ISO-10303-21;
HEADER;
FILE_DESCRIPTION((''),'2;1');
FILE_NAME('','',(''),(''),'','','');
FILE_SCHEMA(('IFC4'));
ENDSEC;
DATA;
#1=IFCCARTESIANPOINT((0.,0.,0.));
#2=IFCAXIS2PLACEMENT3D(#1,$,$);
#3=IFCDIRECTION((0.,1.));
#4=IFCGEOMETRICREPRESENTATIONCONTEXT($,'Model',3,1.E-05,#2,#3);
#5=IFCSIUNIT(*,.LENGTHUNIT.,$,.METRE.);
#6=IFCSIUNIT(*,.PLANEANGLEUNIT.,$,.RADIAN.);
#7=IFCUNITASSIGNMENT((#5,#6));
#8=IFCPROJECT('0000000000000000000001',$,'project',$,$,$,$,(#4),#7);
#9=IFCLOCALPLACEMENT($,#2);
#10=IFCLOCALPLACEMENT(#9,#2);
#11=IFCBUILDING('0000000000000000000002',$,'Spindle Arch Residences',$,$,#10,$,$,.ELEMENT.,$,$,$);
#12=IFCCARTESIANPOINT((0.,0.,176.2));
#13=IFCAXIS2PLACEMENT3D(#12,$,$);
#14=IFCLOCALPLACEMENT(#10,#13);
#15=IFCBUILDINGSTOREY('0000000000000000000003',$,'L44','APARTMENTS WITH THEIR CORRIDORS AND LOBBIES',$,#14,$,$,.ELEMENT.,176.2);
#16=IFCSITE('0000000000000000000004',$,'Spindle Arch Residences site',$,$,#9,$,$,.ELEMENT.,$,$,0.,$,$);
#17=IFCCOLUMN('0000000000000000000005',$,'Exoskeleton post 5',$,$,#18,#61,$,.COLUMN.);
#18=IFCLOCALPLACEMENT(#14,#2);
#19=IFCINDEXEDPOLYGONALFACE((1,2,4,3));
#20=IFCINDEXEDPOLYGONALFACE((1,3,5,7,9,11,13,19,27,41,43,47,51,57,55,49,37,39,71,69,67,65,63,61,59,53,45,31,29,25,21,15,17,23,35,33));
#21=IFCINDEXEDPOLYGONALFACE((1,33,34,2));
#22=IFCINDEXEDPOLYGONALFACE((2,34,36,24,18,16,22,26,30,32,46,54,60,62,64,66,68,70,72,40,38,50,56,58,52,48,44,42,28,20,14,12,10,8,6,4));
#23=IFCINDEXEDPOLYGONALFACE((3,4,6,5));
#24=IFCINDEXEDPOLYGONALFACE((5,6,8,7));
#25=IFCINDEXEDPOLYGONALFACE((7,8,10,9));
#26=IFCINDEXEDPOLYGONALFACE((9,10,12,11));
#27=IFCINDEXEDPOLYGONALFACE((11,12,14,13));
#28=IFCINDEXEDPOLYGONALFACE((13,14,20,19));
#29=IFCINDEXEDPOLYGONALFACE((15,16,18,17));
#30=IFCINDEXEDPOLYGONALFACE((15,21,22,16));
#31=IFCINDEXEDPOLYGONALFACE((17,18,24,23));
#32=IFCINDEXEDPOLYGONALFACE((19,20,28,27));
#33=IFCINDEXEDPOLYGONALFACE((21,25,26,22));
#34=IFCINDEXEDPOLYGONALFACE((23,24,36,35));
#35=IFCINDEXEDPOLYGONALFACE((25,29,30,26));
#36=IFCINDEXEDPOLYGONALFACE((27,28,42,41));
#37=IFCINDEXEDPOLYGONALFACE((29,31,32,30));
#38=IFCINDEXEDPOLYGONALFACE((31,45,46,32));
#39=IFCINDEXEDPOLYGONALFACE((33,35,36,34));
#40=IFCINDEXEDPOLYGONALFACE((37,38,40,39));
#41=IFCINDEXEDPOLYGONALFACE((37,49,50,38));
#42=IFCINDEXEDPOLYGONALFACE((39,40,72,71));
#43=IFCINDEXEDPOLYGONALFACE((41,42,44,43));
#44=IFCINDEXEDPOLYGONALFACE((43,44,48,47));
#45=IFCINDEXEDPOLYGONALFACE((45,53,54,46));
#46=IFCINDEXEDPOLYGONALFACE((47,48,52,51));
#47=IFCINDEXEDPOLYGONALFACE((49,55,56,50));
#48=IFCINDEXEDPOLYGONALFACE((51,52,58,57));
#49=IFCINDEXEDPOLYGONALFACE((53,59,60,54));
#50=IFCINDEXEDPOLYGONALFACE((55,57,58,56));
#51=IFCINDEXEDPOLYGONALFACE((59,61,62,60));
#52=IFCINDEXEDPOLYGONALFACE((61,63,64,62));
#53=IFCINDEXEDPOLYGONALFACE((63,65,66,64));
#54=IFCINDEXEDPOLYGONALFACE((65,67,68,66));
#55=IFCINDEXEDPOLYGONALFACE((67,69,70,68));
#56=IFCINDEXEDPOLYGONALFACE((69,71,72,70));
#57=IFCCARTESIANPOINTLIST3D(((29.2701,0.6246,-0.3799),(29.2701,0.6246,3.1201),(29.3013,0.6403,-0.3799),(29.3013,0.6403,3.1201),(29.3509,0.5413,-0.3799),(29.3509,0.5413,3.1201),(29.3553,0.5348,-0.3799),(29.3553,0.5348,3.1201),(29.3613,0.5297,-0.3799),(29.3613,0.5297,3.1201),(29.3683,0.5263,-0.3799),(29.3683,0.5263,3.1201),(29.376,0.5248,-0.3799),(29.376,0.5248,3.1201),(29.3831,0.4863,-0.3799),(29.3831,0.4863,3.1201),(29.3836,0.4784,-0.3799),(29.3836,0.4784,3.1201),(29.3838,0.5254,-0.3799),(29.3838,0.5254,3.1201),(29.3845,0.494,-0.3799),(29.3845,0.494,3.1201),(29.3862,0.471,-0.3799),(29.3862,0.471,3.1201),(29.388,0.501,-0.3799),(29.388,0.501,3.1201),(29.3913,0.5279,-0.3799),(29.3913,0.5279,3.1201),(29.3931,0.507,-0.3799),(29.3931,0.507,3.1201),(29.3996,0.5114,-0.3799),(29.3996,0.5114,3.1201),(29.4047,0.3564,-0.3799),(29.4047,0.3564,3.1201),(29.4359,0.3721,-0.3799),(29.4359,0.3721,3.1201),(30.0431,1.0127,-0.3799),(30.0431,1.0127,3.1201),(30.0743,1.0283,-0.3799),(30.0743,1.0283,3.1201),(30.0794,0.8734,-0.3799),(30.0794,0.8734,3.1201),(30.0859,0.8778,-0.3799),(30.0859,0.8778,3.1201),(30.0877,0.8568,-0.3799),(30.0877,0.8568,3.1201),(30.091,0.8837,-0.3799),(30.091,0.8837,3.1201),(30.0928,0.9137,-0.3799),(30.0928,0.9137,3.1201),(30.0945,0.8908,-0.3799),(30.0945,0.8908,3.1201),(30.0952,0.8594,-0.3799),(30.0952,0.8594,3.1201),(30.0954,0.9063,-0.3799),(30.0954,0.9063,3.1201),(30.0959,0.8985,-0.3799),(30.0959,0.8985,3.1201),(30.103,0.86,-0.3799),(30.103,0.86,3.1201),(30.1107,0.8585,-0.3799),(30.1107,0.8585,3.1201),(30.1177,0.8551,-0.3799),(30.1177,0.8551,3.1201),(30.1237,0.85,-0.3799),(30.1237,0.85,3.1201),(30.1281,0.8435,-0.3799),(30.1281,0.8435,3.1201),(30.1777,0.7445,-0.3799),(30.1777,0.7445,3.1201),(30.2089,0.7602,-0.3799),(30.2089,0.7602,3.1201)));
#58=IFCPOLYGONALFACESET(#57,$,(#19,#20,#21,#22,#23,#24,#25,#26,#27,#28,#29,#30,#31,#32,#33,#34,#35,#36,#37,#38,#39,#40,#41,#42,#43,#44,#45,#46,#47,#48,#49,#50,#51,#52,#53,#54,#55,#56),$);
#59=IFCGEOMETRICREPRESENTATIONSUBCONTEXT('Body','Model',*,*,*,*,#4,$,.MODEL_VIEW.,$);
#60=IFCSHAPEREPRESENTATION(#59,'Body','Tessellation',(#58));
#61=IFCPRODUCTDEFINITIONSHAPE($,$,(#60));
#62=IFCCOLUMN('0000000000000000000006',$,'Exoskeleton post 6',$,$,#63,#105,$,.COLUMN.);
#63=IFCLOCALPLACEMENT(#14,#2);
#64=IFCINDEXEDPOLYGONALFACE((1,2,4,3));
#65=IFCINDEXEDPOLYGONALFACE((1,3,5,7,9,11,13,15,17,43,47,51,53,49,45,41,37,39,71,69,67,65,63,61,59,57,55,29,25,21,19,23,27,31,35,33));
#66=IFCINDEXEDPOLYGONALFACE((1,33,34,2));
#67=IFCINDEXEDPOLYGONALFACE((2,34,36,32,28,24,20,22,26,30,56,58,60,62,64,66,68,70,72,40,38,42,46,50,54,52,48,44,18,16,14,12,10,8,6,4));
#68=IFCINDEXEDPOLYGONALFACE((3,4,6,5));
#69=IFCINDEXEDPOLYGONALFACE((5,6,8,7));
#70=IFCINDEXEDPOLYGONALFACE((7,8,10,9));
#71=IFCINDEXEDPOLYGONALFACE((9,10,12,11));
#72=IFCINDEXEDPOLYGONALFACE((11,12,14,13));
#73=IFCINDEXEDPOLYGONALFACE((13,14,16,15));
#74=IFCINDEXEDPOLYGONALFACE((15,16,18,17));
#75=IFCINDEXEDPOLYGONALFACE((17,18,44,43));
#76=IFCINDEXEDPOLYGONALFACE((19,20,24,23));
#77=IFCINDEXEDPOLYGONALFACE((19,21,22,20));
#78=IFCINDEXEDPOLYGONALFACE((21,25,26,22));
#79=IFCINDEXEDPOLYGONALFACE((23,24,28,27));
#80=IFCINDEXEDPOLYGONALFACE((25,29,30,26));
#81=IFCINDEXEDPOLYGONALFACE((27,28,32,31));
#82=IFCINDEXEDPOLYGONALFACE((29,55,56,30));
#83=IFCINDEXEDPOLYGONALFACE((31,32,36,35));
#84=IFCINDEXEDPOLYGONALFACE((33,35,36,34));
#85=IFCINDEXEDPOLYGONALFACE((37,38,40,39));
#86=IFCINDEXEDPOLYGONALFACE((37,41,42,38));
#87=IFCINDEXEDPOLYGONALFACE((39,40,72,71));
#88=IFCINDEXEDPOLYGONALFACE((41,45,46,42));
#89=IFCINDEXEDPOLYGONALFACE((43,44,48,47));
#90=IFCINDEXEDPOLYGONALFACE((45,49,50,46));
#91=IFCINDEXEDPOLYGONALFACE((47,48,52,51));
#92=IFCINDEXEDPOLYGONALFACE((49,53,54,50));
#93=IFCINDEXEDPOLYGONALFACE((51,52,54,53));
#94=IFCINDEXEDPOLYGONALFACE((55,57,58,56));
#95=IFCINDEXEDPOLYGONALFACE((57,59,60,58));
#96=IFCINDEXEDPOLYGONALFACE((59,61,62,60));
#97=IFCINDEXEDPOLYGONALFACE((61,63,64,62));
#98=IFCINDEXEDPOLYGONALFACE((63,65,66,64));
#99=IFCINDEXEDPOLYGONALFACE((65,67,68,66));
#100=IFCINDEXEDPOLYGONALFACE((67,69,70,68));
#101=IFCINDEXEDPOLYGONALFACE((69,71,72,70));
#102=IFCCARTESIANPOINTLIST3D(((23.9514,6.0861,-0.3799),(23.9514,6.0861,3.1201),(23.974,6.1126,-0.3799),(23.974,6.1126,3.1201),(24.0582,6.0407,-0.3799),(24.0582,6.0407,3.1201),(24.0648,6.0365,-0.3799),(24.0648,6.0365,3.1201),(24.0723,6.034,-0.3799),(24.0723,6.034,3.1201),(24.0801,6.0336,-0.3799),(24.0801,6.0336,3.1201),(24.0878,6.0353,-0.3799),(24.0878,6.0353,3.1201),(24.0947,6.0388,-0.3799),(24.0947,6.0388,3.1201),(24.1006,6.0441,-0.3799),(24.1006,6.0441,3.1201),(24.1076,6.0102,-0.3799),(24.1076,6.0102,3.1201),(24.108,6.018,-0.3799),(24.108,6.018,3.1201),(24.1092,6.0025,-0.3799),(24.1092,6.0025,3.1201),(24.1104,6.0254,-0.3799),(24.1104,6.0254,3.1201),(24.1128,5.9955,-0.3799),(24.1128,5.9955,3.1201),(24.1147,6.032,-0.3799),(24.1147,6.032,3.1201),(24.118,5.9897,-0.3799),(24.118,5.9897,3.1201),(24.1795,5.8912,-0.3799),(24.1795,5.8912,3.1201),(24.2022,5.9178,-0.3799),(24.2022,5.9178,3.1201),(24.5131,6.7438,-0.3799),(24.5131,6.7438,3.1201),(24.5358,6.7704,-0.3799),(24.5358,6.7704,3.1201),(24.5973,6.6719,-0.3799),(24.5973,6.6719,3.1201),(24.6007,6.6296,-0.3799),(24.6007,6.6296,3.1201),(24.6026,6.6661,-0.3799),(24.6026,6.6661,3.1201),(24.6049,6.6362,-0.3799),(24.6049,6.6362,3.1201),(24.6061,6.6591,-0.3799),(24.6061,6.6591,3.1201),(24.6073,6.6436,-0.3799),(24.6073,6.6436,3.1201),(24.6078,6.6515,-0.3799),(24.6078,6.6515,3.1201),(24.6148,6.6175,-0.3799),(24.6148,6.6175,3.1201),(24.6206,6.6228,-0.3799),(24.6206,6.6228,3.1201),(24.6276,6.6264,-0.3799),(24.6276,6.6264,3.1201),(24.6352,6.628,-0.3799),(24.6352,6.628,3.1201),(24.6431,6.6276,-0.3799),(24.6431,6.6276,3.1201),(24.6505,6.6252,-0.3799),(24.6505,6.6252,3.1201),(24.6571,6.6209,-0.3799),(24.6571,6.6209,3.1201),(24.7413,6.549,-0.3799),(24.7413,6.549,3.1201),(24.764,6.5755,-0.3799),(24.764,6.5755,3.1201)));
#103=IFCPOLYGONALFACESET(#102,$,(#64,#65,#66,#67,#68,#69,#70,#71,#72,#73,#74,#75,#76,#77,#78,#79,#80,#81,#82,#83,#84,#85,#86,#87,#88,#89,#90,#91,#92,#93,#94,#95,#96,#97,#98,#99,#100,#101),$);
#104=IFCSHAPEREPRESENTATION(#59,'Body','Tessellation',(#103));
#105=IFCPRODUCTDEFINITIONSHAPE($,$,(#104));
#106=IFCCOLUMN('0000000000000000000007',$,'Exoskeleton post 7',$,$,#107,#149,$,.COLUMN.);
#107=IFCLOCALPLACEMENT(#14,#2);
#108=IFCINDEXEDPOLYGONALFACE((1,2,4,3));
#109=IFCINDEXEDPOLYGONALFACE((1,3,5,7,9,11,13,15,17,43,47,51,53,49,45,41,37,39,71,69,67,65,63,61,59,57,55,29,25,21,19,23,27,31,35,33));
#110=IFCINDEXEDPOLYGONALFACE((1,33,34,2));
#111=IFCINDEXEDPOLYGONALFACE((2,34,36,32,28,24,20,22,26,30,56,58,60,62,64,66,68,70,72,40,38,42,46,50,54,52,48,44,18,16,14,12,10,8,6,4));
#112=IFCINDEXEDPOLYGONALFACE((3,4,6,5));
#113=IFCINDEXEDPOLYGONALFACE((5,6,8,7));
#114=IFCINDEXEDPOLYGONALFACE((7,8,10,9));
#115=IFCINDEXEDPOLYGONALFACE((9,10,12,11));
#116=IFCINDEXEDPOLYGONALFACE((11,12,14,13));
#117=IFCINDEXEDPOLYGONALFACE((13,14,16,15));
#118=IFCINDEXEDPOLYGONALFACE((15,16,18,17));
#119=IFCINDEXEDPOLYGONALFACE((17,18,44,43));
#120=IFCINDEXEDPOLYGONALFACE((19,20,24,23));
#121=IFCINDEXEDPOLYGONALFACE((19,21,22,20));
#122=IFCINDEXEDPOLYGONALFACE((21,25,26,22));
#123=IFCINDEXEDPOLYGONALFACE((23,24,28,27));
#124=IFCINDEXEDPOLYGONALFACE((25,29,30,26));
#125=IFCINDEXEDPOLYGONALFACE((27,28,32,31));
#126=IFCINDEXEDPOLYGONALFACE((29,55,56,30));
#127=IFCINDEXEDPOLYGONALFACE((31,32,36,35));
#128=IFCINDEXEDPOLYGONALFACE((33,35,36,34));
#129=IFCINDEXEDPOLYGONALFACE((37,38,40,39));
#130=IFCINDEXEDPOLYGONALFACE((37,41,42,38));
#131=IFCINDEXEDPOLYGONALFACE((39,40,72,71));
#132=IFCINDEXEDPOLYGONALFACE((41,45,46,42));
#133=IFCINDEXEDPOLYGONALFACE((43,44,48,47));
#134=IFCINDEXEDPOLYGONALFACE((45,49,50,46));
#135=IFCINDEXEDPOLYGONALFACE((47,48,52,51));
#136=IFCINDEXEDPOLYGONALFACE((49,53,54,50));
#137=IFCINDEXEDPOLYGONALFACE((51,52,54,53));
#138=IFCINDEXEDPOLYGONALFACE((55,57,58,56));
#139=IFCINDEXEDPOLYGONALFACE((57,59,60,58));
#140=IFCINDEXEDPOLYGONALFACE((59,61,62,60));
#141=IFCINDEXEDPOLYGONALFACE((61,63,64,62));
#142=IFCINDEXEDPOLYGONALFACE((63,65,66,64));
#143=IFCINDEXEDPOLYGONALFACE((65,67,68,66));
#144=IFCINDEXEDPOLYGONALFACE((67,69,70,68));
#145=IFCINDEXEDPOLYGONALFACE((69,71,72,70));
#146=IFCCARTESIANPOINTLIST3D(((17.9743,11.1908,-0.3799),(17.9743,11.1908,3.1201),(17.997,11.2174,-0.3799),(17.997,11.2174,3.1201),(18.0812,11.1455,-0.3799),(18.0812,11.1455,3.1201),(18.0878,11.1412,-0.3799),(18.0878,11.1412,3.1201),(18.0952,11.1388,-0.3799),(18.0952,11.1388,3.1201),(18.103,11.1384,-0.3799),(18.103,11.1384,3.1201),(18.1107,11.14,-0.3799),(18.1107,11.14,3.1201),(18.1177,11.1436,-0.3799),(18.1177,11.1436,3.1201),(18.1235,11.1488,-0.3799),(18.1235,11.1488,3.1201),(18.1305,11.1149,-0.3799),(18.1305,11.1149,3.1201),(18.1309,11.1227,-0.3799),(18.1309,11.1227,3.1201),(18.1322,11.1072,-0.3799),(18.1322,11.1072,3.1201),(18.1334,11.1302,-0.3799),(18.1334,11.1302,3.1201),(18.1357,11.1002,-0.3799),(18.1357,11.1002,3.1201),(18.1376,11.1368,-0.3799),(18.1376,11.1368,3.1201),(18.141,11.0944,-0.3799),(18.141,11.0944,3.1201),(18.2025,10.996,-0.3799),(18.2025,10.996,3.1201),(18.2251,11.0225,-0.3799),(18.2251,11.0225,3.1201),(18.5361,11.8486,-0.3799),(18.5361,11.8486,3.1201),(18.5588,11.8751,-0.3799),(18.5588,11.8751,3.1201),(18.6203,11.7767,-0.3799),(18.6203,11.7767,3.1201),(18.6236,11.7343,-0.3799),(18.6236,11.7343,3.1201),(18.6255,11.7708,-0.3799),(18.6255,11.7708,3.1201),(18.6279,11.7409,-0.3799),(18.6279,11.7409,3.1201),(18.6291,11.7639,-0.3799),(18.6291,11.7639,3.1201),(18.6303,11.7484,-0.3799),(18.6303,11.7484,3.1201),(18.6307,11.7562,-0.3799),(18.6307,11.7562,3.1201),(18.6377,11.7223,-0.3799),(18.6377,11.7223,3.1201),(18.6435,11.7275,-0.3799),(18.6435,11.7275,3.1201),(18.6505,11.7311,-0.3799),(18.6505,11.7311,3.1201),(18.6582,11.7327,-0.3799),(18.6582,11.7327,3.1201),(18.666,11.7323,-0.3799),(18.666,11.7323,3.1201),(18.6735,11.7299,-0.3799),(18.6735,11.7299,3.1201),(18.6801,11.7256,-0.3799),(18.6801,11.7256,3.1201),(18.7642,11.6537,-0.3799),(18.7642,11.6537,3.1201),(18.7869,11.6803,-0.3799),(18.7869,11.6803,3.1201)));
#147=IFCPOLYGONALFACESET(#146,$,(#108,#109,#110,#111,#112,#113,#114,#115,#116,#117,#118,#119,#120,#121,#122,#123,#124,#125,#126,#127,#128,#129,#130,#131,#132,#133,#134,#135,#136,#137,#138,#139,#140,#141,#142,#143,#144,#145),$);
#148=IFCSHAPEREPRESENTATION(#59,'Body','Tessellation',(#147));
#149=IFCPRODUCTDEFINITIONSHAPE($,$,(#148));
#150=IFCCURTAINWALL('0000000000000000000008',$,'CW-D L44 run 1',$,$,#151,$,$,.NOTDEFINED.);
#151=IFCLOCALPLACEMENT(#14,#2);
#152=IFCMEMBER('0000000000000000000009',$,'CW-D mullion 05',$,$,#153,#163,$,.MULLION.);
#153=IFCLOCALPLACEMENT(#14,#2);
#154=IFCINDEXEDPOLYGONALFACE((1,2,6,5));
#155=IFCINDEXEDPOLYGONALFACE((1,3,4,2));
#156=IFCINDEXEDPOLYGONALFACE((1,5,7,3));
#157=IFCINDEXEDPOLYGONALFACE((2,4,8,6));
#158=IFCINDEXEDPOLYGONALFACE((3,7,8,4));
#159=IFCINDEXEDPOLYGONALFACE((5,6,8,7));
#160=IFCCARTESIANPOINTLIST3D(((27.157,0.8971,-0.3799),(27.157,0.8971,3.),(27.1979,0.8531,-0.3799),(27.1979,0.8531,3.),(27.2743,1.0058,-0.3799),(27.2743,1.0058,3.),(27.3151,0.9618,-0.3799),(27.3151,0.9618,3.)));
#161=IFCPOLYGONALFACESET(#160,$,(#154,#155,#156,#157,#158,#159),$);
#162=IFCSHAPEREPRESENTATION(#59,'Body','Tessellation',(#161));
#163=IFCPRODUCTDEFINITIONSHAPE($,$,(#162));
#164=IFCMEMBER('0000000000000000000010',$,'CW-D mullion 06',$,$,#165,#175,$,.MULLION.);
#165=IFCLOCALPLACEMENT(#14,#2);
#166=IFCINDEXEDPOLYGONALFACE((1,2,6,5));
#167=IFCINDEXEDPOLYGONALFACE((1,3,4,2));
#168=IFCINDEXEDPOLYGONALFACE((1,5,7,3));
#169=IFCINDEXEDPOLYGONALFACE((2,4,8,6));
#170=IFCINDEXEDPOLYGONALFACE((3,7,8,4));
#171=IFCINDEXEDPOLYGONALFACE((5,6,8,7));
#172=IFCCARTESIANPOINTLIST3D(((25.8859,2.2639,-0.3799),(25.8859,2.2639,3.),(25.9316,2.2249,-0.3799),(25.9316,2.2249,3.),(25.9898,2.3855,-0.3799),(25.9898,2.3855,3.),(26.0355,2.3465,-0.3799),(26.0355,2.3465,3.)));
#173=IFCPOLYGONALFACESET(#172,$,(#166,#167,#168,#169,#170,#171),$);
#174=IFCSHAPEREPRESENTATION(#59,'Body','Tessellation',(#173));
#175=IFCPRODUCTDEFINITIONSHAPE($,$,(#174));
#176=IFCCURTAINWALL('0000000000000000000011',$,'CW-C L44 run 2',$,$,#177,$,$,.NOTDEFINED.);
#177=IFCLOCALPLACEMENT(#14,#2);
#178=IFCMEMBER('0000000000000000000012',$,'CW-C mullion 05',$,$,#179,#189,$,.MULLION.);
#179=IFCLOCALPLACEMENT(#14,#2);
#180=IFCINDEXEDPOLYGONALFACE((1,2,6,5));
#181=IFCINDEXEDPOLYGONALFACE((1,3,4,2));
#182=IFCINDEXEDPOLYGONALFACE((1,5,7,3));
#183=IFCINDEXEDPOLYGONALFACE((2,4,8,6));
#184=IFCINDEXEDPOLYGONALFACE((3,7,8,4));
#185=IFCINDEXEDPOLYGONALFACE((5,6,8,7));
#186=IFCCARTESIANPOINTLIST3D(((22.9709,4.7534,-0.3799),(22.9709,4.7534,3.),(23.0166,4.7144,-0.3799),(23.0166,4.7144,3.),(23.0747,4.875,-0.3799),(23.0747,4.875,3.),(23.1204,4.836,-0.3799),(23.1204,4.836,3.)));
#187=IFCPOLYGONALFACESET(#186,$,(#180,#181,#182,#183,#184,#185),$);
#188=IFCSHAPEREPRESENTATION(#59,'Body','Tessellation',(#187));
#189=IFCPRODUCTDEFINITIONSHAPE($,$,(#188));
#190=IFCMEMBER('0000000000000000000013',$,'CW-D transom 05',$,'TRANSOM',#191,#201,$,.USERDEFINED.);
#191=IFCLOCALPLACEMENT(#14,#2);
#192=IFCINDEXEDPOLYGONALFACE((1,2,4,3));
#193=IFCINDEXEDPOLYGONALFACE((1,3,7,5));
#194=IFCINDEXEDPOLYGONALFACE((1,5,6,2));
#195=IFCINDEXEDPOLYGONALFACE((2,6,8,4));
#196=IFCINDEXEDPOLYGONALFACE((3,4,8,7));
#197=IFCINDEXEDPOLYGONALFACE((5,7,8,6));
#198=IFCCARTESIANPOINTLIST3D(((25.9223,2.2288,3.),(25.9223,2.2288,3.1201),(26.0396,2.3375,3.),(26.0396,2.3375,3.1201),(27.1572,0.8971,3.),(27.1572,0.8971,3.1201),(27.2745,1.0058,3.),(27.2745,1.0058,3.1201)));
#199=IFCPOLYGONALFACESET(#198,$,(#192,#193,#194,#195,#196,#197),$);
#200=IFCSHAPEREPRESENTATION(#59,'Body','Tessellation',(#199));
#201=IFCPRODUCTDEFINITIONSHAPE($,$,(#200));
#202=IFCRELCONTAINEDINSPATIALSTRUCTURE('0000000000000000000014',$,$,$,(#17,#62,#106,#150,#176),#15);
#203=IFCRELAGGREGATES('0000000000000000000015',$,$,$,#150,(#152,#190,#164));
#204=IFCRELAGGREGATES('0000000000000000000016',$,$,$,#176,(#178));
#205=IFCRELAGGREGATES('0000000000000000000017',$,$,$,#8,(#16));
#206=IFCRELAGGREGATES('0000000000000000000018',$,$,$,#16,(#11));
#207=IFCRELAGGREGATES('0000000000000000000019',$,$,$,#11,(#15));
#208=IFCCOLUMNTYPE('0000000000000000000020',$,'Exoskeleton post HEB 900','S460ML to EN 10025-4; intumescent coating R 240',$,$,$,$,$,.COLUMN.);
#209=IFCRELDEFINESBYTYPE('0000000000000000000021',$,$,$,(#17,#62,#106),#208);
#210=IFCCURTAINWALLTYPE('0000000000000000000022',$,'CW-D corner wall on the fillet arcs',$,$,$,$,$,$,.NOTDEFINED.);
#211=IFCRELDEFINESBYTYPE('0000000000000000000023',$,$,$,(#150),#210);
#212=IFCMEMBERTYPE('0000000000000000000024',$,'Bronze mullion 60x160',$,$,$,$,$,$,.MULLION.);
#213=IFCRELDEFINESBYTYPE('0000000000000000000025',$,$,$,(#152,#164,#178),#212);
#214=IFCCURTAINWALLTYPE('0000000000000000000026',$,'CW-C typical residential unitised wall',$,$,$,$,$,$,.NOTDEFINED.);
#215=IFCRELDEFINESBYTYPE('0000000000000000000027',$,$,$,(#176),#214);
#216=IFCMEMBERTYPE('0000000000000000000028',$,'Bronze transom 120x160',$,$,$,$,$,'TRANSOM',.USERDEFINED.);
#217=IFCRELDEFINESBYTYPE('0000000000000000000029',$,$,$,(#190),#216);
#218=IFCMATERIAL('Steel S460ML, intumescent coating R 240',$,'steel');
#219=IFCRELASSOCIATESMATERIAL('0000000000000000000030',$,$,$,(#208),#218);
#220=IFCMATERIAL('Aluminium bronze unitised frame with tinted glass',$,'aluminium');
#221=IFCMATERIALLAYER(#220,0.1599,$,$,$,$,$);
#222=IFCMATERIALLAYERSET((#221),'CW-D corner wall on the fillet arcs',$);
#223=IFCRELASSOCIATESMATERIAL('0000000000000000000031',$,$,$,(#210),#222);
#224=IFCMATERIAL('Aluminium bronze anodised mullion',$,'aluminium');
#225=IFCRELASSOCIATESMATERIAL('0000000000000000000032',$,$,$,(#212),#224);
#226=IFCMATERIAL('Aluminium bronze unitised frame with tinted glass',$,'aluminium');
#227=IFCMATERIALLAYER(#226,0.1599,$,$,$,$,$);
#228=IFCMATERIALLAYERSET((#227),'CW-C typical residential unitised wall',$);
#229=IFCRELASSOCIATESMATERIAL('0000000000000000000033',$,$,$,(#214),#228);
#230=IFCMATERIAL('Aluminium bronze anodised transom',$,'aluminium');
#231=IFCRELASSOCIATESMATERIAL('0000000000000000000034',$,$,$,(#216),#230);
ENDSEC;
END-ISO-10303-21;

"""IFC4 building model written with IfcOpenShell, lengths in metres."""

from ifc_helpers import new_model, si_unit, direction, frame, origin, origin_2d, place, context, subcontext, project, spatial, rectangle, i_section, extrude, material, layer, layer_set, material_profile, profile_set, type_object, element, aggregate, save


model = new_model("IFC4")

# Units and contexts
model_context = context("Model", 3, precision=1e-05, world=origin(), true_north=direction((0.0, 1.0)))
body_context = subcontext(model_context, "Body", "Model", "MODEL_VIEW")
ifc_project = project(units=[si_unit("LENGTHUNIT", "METRE"), si_unit("PLANEANGLEUNIT", "RADIAN")], contexts=[model_context])

# Site, building, storey
site_placement = place(None, origin())
site = spatial("IfcSite", under=ifc_project, at=site_placement, Name="Spindle Arch Residences site", CompositionType="ELEMENT", RefElevation=0.0)
building_placement = place(site_placement, origin())
building = spatial("IfcBuilding", under=site, at=building_placement, Name="Spindle Arch Residences", CompositionType="ELEMENT")
storey_placement = place(building_placement, frame((0.0, 0.0, 176.2)))
storey = spatial("IfcBuildingStorey", under=building, at=storey_placement, Name="L44", Description="APARTMENTS WITH THEIR CORRIDORS AND LOBBIES", CompositionType="ELEMENT", Elevation=176.2)

# Columns
ifc_material_1 = material(Name="Steel S460ML, intumescent coating R 240", Category="steel")
ifc_material_profile_1 = material_profile(ifc_material_1, i_section(OverallWidth=0.3, OverallDepth=0.8999, WebThickness=0.0186, FlangeThickness=0.0349, FilletRadius=0.03, at=origin_2d()), Name="HEB 900")
ifc_profile_set_1 = profile_set([ifc_material_profile_1], Name="Steel S460ML, intumescent coating R 240")
column_type = type_object("IfcColumnType", Name="Exoskeleton post HEB 900", Description="S460ML to EN 10025-4; intumescent coating R 240", PredefinedType="COLUMN", material=ifc_profile_set_1)
for number, where, z_axis, x_axis, name in (
    (1, (29.7395, 0.6924, -0.3799), (0.0, 0.0, 1.0), (0.448657, -0.893704, 0.0), "Exoskeleton post 5"),
    (2, (24.3577, 6.3308, -0.3799), (0.0, 0.0, 1.0), (0.760406, -0.649448, 0.0), "Exoskeleton post 6"),
    (3, (18.3806, 11.4355, -0.3799), (0.0, 0.0, 1.0), (0.760406, -0.649448, 0.0), "Exoskeleton post 7"),
):
    element("IfcColumn", number, at=place(storey_placement, frame(where, z_axis=z_axis, x_axis=x_axis)), inside=storey, type_object=column_type, Name=name, PredefinedType="COLUMN", context=body_context, shape_type="SweptSolid", body=[
        extrude(i_section(OverallWidth=0.3, OverallDepth=0.8999, WebThickness=0.0186, FlangeThickness=0.0349, FilletRadius=0.03, at=origin_2d()), origin(), (0.0, 0.0, 1.0), 3.5),
    ])

# Curtain wall, members
ifc_material_2 = material(Name="Aluminium bronze unitised frame with tinted glass", Category="aluminium")
ifc_layer_1 = layer(ifc_material_2, 0.1599)
ifc_layer_set_1 = layer_set([ifc_layer_1], Name="CW-D corner wall on the fillet arcs")
curtain_wall_type_1 = type_object("IfcCurtainWallType", Name="CW-D corner wall on the fillet arcs", PredefinedType="NOTDEFINED", material=ifc_layer_set_1)
curtain_wall_1_placement = place(storey_placement, origin())
curtain_wall_1 = element("IfcCurtainWall", 4, at=curtain_wall_1_placement, inside=storey, type_object=curtain_wall_type_1, Name="CW-D L44 run 1", PredefinedType="NOTDEFINED")
ifc_material_3 = material(Name="Aluminium bronze anodised mullion", Category="aluminium")
ifc_material_profile_2 = material_profile(ifc_material_3, rectangle(XDim=0.1599, YDim=0.0601, at=origin_2d()), Name="MU 60x160")
ifc_profile_set_2 = profile_set([ifc_material_profile_2], Name="Aluminium bronze anodised mullion")
member_type_1 = type_object("IfcMemberType", Name="Bronze mullion 60x160", PredefinedType="MULLION", material=ifc_profile_set_2)
member_1_placement = place(storey_placement, frame((27.2361, 0.9294, -0.3799), z_axis=(0.0, 0.0, 1.0), x_axis=(-0.733334, -0.679868, 0.0)))
member_1 = element("IfcMember", 5, at=member_1_placement, type_object=member_type_1, Name="CW-D mullion 05", PredefinedType="MULLION", context=body_context, shape_type="SweptSolid", body=[
    extrude(rectangle(XDim=0.1599, YDim=0.0601, at=origin_2d()), origin(), (0.0, 0.0, 1.0), 3.3799),
])
member_2_placement = place(storey_placement, frame((25.9607, 2.3052, -0.3799), z_axis=(0.0, 0.0, 1.0), x_axis=(-0.649448, -0.760406, 0.0)))
member_2 = element("IfcMember", 6, at=member_2_placement, type_object=member_type_1, Name="CW-D mullion 06", PredefinedType="MULLION", context=body_context, shape_type="SweptSolid", body=[
    extrude(rectangle(XDim=0.1599, YDim=0.0601, at=origin_2d()), origin(), (0.0, 0.0, 1.0), 3.3799),
])

# Curtain wall, member
ifc_material_4 = material(Name="Aluminium bronze unitised frame with tinted glass", Category="aluminium")
ifc_layer_2 = layer(ifc_material_4, 0.1599)
ifc_layer_set_2 = layer_set([ifc_layer_2], Name="CW-C typical residential unitised wall")
curtain_wall_type_2 = type_object("IfcCurtainWallType", Name="CW-C typical residential unitised wall", PredefinedType="NOTDEFINED", material=ifc_layer_set_2)
curtain_wall_2_placement = place(storey_placement, origin())
curtain_wall_2 = element("IfcCurtainWall", 7, at=curtain_wall_2_placement, inside=storey, type_object=curtain_wall_type_2, Name="CW-C L44 run 2", PredefinedType="NOTDEFINED")
member_3_placement = place(storey_placement, frame((23.0457, 4.7947, -0.3799), z_axis=(0.0, 0.0, 1.0), x_axis=(-0.649448, -0.760406, 0.0)))
member_3 = element("IfcMember", 8, at=member_3_placement, type_object=member_type_1, Name="CW-C mullion 05", PredefinedType="MULLION", context=body_context, shape_type="SweptSolid", body=[
    extrude(rectangle(XDim=0.1599, YDim=0.0601, at=origin_2d()), origin(), (0.0, 0.0, 1.0), 3.3799),
])

# Member
ifc_material_5 = material(Name="Aluminium bronze anodised transom", Category="aluminium")
ifc_material_profile_3 = material_profile(ifc_material_5, rectangle(XDim=0.1599, YDim=0.1201, at=origin_2d()), Name="TR 120x160")
ifc_profile_set_3 = profile_set([ifc_material_profile_3], Name="Aluminium bronze anodised transom")
member_type_2 = type_object("IfcMemberType", Name="Bronze transom 120x160", ElementType="TRANSOM", PredefinedType="USERDEFINED", material=ifc_profile_set_3)
member_4_placement = place(storey_placement, frame((27.2158, 0.9514, 3.0601), z_axis=(-0.67992, 0.733286, 0.0), x_axis=(-0.733286, -0.67992, 0.0)))
member_4 = element("IfcMember", 9, at=member_4_placement, type_object=member_type_2, Name="CW-D transom 05", ObjectType="TRANSOM", PredefinedType="USERDEFINED", context=body_context, shape_type="SweptSolid", body=[
    extrude(rectangle(XDim=0.1599, YDim=0.1201, at=origin_2d()), origin(), (0.0, 0.0, 1.0), 1.8162),
])

aggregate(curtain_wall_1, [member_1, member_4, member_2])
aggregate(curtain_wall_2, [member_3])

save(model, "model.ifc")
